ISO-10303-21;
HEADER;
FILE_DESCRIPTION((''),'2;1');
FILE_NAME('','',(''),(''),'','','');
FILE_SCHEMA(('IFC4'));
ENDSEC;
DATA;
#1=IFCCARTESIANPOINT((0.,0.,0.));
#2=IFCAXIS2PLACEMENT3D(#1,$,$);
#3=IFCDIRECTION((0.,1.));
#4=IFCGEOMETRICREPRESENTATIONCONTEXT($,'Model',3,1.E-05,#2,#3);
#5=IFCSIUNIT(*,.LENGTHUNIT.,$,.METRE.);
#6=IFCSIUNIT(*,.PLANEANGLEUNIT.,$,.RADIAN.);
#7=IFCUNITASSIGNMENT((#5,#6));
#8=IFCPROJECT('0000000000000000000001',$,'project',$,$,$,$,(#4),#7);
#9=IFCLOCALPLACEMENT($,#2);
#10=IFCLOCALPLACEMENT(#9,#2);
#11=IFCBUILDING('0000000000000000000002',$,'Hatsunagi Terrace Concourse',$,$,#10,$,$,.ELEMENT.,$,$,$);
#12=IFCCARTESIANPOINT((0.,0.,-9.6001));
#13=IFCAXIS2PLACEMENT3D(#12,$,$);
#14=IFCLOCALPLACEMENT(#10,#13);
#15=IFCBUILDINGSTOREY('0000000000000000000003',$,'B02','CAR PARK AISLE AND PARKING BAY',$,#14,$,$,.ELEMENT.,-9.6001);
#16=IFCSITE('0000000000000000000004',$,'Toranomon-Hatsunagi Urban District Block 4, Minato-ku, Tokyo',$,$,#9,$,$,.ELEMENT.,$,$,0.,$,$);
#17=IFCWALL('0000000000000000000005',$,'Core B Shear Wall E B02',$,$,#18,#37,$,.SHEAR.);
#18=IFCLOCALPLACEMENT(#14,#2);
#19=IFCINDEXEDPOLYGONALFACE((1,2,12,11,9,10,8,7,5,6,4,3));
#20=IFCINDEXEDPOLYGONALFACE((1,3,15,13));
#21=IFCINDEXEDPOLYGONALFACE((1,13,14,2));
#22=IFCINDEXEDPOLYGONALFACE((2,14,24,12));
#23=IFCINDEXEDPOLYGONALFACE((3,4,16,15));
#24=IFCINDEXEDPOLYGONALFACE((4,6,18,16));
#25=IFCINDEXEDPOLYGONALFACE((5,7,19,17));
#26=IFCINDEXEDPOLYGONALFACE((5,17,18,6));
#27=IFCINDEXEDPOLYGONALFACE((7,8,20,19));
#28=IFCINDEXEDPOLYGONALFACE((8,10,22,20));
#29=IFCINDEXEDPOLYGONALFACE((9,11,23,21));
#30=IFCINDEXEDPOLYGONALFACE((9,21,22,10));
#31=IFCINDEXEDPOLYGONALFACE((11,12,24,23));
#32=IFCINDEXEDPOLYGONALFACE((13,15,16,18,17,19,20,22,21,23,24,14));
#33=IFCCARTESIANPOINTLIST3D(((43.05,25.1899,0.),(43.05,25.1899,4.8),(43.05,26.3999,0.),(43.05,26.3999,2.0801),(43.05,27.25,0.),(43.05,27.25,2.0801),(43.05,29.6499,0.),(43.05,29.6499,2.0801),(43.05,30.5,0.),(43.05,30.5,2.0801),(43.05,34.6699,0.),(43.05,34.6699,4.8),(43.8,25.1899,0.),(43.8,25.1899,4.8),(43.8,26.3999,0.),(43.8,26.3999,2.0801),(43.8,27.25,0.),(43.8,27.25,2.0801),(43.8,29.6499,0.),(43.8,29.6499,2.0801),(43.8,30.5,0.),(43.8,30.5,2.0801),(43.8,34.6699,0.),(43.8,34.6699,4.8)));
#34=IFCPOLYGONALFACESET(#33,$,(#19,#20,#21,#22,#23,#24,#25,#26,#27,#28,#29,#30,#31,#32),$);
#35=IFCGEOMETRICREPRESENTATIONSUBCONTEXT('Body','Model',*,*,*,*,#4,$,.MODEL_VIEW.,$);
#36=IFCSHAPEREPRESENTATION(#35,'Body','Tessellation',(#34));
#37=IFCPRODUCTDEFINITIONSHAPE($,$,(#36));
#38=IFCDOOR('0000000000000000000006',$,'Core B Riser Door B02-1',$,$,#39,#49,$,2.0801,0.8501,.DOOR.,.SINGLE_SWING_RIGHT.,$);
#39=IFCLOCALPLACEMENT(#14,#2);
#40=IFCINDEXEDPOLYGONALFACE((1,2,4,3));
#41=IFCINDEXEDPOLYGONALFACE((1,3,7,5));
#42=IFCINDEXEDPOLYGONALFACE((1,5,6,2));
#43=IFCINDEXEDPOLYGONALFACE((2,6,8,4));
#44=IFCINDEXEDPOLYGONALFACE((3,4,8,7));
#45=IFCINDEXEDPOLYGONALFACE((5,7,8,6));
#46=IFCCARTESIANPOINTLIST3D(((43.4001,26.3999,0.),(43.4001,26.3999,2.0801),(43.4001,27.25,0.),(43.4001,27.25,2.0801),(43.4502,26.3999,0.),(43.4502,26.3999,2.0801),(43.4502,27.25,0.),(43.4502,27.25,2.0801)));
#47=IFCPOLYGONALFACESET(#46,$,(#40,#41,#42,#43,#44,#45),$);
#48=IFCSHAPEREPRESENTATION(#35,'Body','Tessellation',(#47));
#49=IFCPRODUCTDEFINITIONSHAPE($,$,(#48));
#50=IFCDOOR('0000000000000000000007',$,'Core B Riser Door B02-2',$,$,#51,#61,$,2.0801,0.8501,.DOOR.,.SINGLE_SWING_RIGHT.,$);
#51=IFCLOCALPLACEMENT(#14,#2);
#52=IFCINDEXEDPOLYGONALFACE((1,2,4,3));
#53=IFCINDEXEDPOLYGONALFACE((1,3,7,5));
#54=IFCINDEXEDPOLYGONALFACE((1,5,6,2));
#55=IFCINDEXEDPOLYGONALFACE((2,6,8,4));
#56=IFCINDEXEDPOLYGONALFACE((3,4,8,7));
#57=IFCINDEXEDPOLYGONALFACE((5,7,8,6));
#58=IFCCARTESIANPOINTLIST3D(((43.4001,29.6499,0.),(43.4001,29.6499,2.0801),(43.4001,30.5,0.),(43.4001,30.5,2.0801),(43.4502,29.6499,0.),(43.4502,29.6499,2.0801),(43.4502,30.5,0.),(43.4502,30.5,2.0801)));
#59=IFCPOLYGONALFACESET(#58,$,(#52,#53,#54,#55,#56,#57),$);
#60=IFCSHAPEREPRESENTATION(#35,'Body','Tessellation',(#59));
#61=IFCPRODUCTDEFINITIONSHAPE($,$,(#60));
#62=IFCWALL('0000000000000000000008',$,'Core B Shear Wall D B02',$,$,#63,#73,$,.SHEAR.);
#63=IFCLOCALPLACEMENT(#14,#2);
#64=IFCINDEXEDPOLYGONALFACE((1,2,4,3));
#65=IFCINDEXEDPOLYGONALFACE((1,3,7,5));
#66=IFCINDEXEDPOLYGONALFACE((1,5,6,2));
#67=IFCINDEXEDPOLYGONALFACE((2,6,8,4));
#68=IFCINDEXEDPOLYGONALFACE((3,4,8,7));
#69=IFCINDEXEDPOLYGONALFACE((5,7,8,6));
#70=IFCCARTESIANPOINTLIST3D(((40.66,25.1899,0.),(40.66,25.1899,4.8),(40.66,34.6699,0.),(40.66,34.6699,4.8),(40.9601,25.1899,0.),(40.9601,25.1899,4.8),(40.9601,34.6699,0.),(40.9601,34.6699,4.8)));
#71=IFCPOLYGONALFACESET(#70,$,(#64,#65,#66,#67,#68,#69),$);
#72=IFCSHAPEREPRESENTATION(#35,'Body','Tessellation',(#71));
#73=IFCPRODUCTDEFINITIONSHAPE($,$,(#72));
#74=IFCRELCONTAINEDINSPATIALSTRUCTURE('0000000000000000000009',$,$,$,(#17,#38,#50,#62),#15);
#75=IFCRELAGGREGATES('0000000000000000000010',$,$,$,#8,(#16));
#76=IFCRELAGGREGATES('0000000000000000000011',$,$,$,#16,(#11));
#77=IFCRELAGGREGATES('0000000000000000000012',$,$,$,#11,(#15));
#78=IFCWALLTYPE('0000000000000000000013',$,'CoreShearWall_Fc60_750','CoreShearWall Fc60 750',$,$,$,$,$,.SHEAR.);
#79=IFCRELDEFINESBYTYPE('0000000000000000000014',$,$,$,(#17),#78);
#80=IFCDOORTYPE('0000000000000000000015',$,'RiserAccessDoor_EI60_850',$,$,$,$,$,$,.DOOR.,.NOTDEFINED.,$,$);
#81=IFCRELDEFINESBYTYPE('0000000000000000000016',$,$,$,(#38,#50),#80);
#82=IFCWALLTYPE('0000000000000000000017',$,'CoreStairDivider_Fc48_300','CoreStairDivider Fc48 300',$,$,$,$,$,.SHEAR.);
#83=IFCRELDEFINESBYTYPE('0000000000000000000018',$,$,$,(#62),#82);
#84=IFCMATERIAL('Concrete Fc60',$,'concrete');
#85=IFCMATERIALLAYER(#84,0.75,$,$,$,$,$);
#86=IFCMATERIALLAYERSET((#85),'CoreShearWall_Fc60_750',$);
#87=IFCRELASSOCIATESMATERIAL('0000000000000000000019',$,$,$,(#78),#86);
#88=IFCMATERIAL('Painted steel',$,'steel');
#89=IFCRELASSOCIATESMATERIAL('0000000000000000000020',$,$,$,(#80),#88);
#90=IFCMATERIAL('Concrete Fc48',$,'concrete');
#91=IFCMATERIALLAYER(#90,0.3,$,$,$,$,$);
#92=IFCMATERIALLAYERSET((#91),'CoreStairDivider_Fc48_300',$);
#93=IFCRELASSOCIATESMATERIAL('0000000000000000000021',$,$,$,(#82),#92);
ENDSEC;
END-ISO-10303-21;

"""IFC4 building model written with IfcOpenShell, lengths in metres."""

from ifc_helpers import new_model, si_unit, direction, frame, frame_2d, origin, place, context, subcontext, project, spatial, rectangle, extrude, material, layer, layer_set, type_object, element, fill, save


model = new_model("IFC4")

# Units and contexts
model_context = context("Model", 3, precision=1e-05, world=origin(), true_north=direction((0.0, 1.0)))
body_context = subcontext(model_context, "Body", "Model", "MODEL_VIEW")
ifc_project = project(units=[si_unit("LENGTHUNIT", "METRE"), si_unit("PLANEANGLEUNIT", "RADIAN")], contexts=[model_context])

# Site, building, storey
site_placement = place(None, origin())
site = spatial("IfcSite", under=ifc_project, at=site_placement, Name="Toranomon-Hatsunagi Urban District Block 4, Minato-ku, Tokyo", CompositionType="ELEMENT", RefElevation=0.0)
building_placement = place(site_placement, origin())
building = spatial("IfcBuilding", under=site, at=building_placement, Name="Hatsunagi Terrace Concourse", CompositionType="ELEMENT")
storey_placement = place(building_placement, frame((0.0, 0.0, -9.6001)))
storey = spatial("IfcBuildingStorey", under=building, at=storey_placement, Name="B02", Description="CAR PARK AISLE AND PARKING BAY", CompositionType="ELEMENT", Elevation=-9.6001)

# Shared definitions
ifc_material_1 = material(Name="Concrete Fc60", Category="concrete")
ifc_layer_1 = layer(ifc_material_1, 0.75)
ifc_layer_set_1 = layer_set([ifc_layer_1], Name="CoreShearWall_Fc60_750")
wall_type_1 = type_object("IfcWallType", Name="CoreShearWall_Fc60_750", Description="CoreShearWall Fc60 750", PredefinedType="SHEAR", material=ifc_layer_set_1)

# Wall, openings, doors
wall_1_placement = place(storey_placement, frame((43.425, 25.1899, 0.0), z_axis=(0.0, 0.0, 1.0), x_axis=(0.0, 1.0, 0.0)))
wall_1 = element("IfcWall", 1, at=wall_1_placement, inside=storey, type_object=wall_type_1, Name="Core B Shear Wall E B02", PredefinedType="SHEAR", context=body_context, shape_type="SweptSolid", body=[
    extrude(rectangle(XDim=9.48, YDim=0.75, at=frame_2d((4.74, 0.0))), origin(), (0.0, 0.0, 1.0), 4.8),
])
opening_1_placement = place(wall_1_placement, frame((1.21, 0.0, 0.0)))
opening_1 = element("IfcOpeningElement", 2, at=opening_1_placement, cuts=wall_1, PredefinedType="OPENING", context=body_context, shape_type="SweptSolid", body=[
    extrude(rectangle(XDim=0.8501, YDim=2.0801, at=frame_2d((0.425, 1.04))), frame((0.0, 0.385, 0.0), z_axis=(0.0, -1.0, 0.0), x_axis=(1.0, 0.0, 0.0)), (0.0, 0.0, 1.0), 0.77),
])
opening_2_placement = place(wall_1_placement, frame((4.46, 0.0, 0.0)))
opening_2 = element("IfcOpeningElement", 3, at=opening_2_placement, cuts=wall_1, PredefinedType="OPENING", context=body_context, shape_type="SweptSolid", body=[
    extrude(rectangle(XDim=0.8501, YDim=2.0801, at=frame_2d((0.425, 1.04))), frame((0.0, 0.385, 0.0), z_axis=(0.0, -1.0, 0.0), x_axis=(1.0, 0.0, 0.0)), (0.0, 0.0, 1.0), 0.77),
])
ifc_material_2 = material(Name="Painted steel", Category="steel")
door_type = type_object("IfcDoorType", Name="RiserAccessDoor_EI60_850", OperationType="NOTDEFINED", PredefinedType="DOOR", material=ifc_material_2)
door_1_placement = place(opening_1_placement, origin())
door_1 = element("IfcDoor", 4, at=door_1_placement, inside=storey, type_object=door_type, Name="Core B Riser Door B02-1", OperationType="SINGLE_SWING_RIGHT", OverallHeight=2.0801, OverallWidth=0.8501, PredefinedType="DOOR", context=body_context, shape_type="SweptSolid", body=[
    extrude(rectangle(XDim=0.8501, YDim=2.0801, at=frame_2d((0.425, 1.04))), frame((0.0, 0.0249, 0.0), z_axis=(0.0, -1.0, 0.0), x_axis=(1.0, 0.0, 0.0)), (0.0, 0.0, 1.0), 0.05),
])
fill(opening_1, door_1)
door_2_placement = place(opening_2_placement, origin())
door_2 = element("IfcDoor", 5, at=door_2_placement, inside=storey, type_object=door_type, Name="Core B Riser Door B02-2", OperationType="SINGLE_SWING_RIGHT", OverallHeight=2.0801, OverallWidth=0.8501, PredefinedType="DOOR", context=body_context, shape_type="SweptSolid", body=[
    extrude(rectangle(XDim=0.8501, YDim=2.0801, at=frame_2d((0.425, 1.04))), frame((0.0, 0.0249, 0.0), z_axis=(0.0, -1.0, 0.0), x_axis=(1.0, 0.0, 0.0)), (0.0, 0.0, 1.0), 0.05),
])
fill(opening_2, door_2)

# Wall
ifc_material_3 = material(Name="Concrete Fc48", Category="concrete")
ifc_layer_2 = layer(ifc_material_3, 0.3)
ifc_layer_set_2 = layer_set([ifc_layer_2], Name="CoreStairDivider_Fc48_300")
wall_type_2 = type_object("IfcWallType", Name="CoreStairDivider_Fc48_300", Description="CoreStairDivider Fc48 300", PredefinedType="SHEAR", material=ifc_layer_set_2)
wall_2_placement = place(storey_placement, frame((40.8101, 25.1899, 0.0), z_axis=(0.0, 0.0, 1.0), x_axis=(0.0, 1.0, 0.0)))
element("IfcWall", 6, at=wall_2_placement, inside=storey, type_object=wall_type_2, Name="Core B Shear Wall D B02", PredefinedType="SHEAR", context=body_context, shape_type="SweptSolid", body=[
    extrude(rectangle(XDim=9.48, YDim=0.3, at=frame_2d((4.74, 0.0))), origin(), (0.0, 0.0, 1.0), 4.8),
])

save(model, "model.ifc")
